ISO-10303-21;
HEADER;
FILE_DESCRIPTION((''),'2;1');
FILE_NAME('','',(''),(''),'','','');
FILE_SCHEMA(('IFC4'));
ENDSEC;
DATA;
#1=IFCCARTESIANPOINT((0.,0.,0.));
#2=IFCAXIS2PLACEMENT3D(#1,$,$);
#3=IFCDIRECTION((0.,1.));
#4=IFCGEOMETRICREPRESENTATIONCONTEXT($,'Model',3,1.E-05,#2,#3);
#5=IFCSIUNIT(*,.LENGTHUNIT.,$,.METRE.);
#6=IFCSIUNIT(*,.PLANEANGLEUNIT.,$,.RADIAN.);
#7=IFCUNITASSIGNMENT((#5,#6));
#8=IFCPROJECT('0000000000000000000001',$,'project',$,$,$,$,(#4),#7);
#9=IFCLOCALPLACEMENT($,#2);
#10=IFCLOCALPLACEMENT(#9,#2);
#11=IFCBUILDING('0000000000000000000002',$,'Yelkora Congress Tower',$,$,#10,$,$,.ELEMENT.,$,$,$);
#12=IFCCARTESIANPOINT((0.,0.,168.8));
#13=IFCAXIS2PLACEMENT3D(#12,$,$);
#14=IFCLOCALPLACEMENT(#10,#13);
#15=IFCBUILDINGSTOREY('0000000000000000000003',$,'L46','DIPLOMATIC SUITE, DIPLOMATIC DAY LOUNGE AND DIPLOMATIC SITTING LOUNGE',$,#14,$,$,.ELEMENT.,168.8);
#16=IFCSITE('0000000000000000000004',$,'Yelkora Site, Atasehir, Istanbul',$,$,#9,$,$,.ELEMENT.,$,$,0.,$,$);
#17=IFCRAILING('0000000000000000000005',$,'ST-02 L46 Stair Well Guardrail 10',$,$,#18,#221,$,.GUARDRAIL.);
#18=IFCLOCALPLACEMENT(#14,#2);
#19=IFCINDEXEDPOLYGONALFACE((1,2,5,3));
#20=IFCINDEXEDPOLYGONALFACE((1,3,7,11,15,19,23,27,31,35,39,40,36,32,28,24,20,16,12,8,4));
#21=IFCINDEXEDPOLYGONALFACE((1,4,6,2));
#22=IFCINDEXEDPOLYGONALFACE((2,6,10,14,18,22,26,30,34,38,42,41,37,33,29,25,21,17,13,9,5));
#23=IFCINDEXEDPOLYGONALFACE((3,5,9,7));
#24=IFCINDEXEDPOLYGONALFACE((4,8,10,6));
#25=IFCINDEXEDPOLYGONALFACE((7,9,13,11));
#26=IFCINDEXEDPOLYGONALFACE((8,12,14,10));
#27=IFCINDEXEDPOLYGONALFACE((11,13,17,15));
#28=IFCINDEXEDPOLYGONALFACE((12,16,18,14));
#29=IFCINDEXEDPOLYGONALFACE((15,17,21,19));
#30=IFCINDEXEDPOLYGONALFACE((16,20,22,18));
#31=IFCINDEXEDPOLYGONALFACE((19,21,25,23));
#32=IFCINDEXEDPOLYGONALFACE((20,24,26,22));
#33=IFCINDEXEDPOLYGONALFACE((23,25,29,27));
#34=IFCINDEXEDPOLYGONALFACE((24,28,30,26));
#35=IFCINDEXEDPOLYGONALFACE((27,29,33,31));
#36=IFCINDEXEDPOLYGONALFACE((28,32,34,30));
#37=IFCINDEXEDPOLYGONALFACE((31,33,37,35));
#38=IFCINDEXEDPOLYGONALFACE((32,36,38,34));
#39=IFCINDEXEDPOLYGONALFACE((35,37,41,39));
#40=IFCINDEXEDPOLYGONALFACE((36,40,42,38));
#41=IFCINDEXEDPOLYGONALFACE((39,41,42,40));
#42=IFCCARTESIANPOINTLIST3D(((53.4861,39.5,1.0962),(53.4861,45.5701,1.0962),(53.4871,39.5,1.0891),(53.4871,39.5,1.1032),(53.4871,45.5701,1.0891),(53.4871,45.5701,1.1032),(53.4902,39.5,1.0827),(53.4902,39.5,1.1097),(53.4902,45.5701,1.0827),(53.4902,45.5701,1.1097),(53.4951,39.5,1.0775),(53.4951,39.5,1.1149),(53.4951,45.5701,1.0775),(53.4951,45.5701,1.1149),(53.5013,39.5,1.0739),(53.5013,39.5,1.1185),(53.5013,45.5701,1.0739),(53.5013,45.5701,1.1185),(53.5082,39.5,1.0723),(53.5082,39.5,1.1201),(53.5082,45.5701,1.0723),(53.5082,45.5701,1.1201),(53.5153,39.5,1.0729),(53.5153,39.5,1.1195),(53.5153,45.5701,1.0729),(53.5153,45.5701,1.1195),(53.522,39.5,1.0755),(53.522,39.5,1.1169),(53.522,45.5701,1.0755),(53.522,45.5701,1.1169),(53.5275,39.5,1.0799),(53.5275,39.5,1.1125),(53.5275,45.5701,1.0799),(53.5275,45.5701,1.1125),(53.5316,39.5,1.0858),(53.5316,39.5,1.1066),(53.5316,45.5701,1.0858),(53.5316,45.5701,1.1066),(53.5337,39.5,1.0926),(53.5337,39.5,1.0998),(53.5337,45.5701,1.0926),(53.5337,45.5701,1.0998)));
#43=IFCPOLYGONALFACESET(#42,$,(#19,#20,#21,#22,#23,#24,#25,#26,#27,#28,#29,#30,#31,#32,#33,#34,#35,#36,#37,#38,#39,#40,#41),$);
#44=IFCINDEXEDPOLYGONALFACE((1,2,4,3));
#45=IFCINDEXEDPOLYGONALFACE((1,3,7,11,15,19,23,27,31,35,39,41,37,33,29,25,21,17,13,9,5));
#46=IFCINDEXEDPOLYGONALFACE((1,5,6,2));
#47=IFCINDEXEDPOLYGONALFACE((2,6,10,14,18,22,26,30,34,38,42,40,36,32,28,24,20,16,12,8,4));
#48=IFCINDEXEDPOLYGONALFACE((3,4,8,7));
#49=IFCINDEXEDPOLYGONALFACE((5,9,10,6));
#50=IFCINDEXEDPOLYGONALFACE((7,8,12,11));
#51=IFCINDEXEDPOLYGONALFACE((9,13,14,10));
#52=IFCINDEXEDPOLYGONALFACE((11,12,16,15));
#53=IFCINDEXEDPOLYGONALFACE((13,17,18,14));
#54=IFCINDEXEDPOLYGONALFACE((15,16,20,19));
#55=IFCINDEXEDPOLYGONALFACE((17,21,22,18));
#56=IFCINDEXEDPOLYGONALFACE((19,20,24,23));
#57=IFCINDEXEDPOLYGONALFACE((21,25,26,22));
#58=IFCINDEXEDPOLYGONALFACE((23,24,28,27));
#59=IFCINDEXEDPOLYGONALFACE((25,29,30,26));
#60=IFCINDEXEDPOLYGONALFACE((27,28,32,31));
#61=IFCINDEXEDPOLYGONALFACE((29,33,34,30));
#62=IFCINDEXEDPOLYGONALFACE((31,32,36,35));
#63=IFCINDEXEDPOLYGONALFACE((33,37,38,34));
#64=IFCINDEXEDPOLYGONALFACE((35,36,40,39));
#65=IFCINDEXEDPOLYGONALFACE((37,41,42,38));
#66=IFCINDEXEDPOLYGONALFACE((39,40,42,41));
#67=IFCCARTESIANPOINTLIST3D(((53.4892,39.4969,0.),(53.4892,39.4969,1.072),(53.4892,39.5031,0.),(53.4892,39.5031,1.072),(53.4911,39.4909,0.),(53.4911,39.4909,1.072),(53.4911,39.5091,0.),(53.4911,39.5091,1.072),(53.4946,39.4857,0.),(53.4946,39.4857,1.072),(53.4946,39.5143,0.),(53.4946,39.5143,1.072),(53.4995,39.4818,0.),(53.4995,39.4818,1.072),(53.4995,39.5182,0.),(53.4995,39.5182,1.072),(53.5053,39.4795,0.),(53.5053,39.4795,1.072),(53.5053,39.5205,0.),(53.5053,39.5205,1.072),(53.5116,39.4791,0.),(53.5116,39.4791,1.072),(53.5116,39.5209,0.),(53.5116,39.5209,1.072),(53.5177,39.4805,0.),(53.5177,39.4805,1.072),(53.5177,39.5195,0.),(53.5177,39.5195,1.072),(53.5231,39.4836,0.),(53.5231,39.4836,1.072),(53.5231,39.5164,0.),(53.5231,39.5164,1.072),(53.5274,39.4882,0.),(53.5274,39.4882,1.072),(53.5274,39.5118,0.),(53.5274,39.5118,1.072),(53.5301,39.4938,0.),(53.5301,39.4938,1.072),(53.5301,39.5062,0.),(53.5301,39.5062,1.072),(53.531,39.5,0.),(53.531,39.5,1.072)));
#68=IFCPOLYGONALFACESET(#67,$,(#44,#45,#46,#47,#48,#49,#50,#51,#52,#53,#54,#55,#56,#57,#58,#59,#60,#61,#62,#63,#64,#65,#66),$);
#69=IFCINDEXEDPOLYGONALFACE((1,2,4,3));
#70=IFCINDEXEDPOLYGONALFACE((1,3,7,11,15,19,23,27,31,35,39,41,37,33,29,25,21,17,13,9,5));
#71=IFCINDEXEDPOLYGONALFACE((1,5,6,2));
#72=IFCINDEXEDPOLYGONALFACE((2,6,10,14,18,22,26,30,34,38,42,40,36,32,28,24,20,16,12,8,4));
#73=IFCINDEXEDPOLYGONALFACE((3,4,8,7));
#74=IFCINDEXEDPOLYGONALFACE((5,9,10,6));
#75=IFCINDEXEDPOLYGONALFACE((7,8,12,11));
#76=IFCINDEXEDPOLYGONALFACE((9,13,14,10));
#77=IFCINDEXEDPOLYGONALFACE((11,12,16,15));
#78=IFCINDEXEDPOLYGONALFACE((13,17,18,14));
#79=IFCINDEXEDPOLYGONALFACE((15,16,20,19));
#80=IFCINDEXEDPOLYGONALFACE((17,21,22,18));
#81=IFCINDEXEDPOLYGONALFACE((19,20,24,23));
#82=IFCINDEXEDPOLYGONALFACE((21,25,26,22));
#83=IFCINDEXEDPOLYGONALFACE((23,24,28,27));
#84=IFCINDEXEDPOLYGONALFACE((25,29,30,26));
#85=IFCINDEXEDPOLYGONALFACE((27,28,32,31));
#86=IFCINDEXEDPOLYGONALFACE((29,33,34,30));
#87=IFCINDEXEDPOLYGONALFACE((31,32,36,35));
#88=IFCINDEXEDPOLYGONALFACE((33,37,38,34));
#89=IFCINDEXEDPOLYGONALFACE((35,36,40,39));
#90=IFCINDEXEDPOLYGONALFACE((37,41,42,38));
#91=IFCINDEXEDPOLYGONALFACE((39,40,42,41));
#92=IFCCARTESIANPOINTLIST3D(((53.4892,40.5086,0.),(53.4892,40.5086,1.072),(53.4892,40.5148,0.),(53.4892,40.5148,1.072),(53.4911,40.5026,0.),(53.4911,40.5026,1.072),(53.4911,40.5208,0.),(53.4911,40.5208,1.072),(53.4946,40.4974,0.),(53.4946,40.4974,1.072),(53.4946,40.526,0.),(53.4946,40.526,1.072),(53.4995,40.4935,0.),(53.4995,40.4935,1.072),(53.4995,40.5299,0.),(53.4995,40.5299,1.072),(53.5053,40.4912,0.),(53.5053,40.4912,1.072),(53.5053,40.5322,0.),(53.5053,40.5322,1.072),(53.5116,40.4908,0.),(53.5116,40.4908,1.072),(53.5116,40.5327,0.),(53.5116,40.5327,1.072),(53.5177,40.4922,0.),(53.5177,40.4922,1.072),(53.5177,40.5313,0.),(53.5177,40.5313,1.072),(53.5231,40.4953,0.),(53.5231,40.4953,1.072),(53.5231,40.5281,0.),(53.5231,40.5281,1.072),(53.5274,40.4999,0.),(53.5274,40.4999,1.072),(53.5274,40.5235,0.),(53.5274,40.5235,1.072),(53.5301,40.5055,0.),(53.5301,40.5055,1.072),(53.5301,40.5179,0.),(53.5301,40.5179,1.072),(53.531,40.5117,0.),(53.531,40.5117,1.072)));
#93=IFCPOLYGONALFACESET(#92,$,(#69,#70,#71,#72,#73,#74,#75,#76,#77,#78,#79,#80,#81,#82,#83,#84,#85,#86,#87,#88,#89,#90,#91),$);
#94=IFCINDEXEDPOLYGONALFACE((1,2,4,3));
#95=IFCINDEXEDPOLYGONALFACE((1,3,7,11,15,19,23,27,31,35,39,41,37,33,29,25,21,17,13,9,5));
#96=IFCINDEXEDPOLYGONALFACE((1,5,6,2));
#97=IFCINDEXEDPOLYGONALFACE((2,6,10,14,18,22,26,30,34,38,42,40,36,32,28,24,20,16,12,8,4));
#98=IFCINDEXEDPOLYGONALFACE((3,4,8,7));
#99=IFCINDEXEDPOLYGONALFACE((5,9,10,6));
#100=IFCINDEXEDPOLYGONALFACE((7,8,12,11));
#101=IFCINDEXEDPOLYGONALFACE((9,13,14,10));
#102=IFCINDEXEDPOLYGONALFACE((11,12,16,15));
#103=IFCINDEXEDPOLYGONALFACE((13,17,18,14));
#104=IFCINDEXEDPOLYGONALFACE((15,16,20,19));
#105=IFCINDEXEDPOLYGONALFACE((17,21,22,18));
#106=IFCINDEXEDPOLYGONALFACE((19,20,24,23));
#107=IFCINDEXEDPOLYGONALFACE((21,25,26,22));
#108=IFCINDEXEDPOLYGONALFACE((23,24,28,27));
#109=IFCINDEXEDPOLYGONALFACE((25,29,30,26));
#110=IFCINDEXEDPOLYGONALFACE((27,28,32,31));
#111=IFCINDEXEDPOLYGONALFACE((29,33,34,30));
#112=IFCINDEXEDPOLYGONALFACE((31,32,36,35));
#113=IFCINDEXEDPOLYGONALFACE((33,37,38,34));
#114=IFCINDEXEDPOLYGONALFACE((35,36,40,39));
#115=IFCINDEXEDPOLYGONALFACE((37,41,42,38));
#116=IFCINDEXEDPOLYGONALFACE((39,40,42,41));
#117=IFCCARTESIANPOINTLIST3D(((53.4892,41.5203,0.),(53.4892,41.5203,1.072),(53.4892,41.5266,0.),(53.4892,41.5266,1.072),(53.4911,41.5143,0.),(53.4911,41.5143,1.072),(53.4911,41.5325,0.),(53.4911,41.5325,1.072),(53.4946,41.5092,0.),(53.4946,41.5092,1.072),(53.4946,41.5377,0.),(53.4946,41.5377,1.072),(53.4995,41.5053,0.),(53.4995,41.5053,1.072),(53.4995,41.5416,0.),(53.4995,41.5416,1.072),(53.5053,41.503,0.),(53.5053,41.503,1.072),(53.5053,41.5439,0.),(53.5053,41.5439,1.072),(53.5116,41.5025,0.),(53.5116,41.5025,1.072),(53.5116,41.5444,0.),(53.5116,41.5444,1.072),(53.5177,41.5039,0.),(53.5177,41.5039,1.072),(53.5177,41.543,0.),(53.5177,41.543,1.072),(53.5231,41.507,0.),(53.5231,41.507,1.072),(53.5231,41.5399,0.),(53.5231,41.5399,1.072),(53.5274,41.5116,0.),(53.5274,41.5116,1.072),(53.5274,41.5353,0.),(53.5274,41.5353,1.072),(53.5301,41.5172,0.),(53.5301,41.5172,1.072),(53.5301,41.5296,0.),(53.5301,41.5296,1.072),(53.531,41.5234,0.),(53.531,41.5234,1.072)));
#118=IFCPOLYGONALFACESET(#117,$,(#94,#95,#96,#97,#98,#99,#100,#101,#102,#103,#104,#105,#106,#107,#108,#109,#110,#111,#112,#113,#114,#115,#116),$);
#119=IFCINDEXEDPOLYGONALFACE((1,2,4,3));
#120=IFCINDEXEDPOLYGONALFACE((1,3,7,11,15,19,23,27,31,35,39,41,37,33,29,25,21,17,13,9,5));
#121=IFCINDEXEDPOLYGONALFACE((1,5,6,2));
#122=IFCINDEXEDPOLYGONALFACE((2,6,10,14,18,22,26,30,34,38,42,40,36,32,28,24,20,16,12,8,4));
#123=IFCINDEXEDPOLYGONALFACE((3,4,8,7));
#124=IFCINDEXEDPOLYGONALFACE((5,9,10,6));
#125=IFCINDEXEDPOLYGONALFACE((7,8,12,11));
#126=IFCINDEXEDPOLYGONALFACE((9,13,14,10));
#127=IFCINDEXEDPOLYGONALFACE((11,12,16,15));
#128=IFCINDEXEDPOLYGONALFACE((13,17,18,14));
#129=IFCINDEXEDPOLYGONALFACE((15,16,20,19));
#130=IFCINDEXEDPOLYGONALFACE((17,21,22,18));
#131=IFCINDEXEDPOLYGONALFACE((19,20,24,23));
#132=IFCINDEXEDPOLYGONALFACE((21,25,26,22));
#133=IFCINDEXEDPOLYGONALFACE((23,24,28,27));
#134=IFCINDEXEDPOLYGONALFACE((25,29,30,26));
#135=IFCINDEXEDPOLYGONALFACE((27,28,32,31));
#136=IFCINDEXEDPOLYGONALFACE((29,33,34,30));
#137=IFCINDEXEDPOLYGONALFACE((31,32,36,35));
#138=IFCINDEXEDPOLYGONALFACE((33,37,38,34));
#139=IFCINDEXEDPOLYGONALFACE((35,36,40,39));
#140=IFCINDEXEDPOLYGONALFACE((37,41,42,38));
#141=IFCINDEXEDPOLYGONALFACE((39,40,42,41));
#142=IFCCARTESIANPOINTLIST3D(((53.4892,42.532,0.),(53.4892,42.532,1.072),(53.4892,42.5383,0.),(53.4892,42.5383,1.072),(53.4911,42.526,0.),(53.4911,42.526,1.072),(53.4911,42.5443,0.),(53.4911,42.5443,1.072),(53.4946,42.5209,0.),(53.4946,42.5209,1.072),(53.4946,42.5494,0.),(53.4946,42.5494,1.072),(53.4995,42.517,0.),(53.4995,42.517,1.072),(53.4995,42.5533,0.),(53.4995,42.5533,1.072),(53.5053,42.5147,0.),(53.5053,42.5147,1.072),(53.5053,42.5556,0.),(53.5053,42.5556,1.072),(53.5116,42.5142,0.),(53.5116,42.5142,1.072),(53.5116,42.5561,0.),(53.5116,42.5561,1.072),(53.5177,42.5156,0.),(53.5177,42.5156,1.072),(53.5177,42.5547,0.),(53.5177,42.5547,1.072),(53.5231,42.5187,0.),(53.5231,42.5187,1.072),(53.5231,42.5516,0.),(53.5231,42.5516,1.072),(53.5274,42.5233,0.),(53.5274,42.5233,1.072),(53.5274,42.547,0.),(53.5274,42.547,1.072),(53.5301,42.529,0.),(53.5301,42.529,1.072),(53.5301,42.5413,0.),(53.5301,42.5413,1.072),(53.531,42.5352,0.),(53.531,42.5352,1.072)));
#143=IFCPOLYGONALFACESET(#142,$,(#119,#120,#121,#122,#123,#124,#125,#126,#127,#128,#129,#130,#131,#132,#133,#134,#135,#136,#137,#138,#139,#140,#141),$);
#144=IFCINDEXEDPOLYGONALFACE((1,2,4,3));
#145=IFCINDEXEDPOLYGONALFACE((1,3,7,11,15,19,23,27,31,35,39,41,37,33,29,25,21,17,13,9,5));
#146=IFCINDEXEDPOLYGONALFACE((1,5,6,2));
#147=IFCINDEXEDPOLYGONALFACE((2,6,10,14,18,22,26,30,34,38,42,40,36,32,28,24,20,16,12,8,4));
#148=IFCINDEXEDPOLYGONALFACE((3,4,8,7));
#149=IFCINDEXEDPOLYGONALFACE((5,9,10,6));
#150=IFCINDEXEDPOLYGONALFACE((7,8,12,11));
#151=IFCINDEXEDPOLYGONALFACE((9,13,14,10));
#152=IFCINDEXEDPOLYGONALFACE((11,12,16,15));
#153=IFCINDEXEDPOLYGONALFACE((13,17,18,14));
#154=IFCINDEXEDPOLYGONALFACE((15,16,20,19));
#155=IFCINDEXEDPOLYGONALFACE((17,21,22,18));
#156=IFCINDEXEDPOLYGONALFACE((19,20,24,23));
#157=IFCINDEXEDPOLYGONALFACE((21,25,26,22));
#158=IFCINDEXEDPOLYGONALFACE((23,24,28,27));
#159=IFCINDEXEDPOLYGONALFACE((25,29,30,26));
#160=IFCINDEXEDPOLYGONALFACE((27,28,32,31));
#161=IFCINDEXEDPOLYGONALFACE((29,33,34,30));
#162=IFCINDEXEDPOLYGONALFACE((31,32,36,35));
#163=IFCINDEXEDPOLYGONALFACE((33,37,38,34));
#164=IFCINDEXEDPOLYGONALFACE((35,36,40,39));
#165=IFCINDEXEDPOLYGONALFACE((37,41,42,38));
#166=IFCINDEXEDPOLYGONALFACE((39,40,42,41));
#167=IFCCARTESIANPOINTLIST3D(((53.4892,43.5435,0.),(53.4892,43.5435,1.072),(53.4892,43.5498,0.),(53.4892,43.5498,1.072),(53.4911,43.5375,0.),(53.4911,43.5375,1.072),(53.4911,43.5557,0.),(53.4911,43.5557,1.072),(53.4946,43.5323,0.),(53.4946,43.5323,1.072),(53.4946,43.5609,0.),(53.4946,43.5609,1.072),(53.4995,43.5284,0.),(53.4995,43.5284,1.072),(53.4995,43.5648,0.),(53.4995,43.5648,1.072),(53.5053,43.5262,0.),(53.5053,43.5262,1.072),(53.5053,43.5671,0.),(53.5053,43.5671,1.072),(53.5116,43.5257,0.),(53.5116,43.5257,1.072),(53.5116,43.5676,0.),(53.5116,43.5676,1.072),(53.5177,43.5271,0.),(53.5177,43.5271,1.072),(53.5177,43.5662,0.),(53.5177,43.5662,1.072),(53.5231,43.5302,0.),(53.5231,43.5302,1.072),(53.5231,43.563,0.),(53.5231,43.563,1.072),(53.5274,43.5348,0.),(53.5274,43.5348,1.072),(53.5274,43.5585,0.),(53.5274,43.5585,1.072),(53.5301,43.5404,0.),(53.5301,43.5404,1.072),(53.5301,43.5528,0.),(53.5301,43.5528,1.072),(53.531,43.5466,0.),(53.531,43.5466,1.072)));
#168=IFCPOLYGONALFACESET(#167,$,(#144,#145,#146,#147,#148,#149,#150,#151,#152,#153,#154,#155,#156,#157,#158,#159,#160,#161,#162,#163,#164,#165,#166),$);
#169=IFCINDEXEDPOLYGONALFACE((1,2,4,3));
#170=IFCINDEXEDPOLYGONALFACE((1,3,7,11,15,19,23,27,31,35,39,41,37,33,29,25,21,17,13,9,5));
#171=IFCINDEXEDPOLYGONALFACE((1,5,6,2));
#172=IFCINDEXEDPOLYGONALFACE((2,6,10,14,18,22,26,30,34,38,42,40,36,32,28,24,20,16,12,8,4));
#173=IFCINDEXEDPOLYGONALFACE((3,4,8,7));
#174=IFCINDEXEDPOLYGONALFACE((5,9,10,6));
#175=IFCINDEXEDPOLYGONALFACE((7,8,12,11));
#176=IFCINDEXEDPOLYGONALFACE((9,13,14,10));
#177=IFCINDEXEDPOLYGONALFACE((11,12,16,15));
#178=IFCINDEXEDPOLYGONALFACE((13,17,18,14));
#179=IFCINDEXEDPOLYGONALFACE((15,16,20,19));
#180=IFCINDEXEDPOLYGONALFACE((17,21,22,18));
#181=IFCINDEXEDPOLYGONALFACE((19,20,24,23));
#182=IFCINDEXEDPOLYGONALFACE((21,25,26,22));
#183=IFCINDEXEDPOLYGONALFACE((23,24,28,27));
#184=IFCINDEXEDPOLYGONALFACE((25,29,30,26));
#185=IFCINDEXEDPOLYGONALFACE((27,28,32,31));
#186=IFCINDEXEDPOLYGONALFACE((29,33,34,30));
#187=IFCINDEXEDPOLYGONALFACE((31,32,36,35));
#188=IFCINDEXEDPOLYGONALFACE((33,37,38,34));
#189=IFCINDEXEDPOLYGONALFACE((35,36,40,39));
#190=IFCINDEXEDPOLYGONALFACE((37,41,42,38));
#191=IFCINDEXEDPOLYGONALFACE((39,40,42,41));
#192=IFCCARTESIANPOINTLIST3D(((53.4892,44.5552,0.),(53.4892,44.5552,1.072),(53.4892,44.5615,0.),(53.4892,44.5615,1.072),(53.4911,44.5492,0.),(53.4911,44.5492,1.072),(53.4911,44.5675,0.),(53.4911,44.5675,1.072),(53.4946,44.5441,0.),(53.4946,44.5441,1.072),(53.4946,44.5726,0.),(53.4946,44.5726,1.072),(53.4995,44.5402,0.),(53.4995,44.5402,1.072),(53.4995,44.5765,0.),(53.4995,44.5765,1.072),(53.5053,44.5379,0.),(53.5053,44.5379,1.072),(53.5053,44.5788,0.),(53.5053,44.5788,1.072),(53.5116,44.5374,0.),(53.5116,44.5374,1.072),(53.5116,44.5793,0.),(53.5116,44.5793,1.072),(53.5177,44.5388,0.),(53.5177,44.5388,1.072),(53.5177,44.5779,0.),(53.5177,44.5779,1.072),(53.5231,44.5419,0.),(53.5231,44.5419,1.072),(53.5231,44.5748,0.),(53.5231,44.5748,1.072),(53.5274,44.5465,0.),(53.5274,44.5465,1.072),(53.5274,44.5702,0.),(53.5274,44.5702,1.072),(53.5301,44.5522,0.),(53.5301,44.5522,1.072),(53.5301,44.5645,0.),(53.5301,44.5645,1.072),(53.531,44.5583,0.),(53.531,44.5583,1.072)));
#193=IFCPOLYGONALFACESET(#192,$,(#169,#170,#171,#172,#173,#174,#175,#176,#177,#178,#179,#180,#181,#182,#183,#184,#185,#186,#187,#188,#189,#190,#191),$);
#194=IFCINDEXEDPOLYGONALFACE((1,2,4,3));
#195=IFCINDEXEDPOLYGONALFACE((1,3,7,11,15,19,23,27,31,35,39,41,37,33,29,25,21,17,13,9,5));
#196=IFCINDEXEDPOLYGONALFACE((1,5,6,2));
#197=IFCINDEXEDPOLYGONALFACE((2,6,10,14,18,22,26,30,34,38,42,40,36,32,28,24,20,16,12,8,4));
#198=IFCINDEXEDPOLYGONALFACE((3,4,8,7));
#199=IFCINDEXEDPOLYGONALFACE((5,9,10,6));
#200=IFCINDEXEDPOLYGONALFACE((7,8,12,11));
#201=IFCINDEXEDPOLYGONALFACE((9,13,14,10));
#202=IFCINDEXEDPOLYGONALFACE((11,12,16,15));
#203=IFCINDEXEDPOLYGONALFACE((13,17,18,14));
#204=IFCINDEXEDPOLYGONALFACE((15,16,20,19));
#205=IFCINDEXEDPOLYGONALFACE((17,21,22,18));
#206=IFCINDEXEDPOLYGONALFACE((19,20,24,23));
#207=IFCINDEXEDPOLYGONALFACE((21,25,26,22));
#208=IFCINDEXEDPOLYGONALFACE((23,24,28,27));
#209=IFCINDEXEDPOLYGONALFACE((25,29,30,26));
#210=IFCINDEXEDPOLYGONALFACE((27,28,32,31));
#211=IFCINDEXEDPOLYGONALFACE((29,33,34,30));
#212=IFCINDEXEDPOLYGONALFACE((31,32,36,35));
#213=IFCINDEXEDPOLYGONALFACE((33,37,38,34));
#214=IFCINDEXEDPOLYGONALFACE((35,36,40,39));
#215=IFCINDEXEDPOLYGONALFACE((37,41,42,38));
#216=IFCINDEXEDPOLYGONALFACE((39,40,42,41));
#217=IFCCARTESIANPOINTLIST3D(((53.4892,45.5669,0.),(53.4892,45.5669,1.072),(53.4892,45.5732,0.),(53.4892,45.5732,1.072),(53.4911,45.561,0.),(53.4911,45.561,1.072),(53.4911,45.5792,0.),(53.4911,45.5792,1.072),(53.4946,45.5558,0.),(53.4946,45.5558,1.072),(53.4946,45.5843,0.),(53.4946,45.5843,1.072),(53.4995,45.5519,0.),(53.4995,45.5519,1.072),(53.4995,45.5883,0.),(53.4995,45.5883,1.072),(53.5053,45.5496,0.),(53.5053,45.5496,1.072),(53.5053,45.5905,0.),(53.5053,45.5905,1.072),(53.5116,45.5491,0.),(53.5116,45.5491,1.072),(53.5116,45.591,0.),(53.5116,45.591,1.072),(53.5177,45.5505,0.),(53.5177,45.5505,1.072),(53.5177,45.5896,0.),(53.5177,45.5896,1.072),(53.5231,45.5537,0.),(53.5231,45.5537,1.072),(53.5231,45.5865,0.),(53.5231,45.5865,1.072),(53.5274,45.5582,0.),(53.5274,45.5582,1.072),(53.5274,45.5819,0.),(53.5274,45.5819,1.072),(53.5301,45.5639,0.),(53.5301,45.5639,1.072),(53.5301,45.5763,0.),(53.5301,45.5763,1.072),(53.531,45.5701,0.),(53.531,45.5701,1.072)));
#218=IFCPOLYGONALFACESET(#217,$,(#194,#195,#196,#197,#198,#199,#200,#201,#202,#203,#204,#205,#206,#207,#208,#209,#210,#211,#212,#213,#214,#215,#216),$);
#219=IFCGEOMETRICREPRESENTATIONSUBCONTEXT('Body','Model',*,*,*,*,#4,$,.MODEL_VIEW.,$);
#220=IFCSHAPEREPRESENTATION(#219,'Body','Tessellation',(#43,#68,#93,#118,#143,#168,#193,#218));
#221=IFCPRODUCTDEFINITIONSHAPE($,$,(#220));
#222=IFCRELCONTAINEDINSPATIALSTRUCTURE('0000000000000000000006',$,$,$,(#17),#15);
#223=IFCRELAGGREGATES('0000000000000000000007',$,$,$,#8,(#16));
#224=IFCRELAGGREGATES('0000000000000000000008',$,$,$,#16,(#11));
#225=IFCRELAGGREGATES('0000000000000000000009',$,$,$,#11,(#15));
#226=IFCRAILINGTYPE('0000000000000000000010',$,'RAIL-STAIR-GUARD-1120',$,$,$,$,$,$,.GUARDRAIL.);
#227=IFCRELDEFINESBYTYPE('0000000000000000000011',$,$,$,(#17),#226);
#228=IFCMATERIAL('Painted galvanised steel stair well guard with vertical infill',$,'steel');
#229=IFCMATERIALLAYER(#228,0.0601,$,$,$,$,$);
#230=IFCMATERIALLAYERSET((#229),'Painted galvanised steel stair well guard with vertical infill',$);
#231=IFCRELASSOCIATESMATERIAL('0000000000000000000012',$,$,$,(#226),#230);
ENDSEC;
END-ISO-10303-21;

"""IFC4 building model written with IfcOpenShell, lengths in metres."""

from ifc_helpers import new_model, si_unit, direction, frame, origin, origin_2d, place, context, subcontext, project, spatial, circle, extrude, material, layer, layer_set, type_object, element, save


model = new_model("IFC4")

# Units and contexts
model_context = context("Model", 3, precision=1e-05, world=origin(), true_north=direction((0.0, 1.0)))
body_context = subcontext(model_context, "Body", "Model", "MODEL_VIEW")
ifc_project = project(units=[si_unit("LENGTHUNIT", "METRE"), si_unit("PLANEANGLEUNIT", "RADIAN")], contexts=[model_context])

# Site, building, storey
site_placement = place(None, origin())
site = spatial("IfcSite", under=ifc_project, at=site_placement, Name="Yelkora Site, Atasehir, Istanbul", CompositionType="ELEMENT", RefElevation=0.0)
building_placement = place(site_placement, origin())
building = spatial("IfcBuilding", under=site, at=building_placement, Name="Yelkora Congress Tower", CompositionType="ELEMENT")
storey_placement = place(building_placement, frame((0.0, 0.0, 168.8)))
storey = spatial("IfcBuildingStorey", under=building, at=storey_placement, Name="L46", Description="DIPLOMATIC SUITE, DIPLOMATIC DAY LOUNGE AND DIPLOMATIC SITTING LOUNGE", CompositionType="ELEMENT", Elevation=168.8)

# Railing
ifc_material_1 = material(Name="Painted galvanised steel stair well guard with vertical infill", Category="steel")
ifc_layer_1 = layer(ifc_material_1, 0.0601)
ifc_layer_set_1 = layer_set([ifc_layer_1], Name="Painted galvanised steel stair well guard with vertical infill")
railing_type_1 = type_object("IfcRailingType", Name="RAIL-STAIR-GUARD-1120", PredefinedType="GUARDRAIL", material=ifc_layer_set_1)
railing_1_placement = place(storey_placement, frame((53.51, 39.5, 0.0)))
element("IfcRailing", 1, at=railing_1_placement, inside=storey, type_object=railing_type_1, Name="ST-02 L46 Stair Well Guardrail 10", PredefinedType="GUARDRAIL", context=body_context, shape_type="SweptSolid", body=[
    extrude(circle(Radius=0.0239, at=origin_2d()), frame((0.0, 0.0, 1.0962), z_axis=(0.0, 1.0, 0.0), x_axis=(-1.0, 0.0, 0.0)), (0.0, 0.0, 1.0), 6.0701),
    extrude(circle(Radius=0.021, at=origin_2d()), origin(), (0.0, 0.0, 1.0), 1.072),
    extrude(circle(Radius=0.021, at=origin_2d()), frame((0.0, 1.0117, 0.0)), (0.0, 0.0, 1.0), 1.072),
    extrude(circle(Radius=0.021, at=origin_2d()), frame((0.0, 2.0234, 0.0)), (0.0, 0.0, 1.0), 1.072),
    extrude(circle(Radius=0.021, at=origin_2d()), frame((0.0, 3.0352, 0.0)), (0.0, 0.0, 1.0), 1.072),
    extrude(circle(Radius=0.021, at=origin_2d()), frame((0.0, 4.0466, 0.0)), (0.0, 0.0, 1.0), 1.072),
    extrude(circle(Radius=0.021, at=origin_2d()), frame((0.0, 5.0583, 0.0)), (0.0, 0.0, 1.0), 1.072),
    extrude(circle(Radius=0.021, at=origin_2d()), frame((0.0, 6.0701, 0.0)), (0.0, 0.0, 1.0), 1.072),
])

save(model, "model.ifc")
